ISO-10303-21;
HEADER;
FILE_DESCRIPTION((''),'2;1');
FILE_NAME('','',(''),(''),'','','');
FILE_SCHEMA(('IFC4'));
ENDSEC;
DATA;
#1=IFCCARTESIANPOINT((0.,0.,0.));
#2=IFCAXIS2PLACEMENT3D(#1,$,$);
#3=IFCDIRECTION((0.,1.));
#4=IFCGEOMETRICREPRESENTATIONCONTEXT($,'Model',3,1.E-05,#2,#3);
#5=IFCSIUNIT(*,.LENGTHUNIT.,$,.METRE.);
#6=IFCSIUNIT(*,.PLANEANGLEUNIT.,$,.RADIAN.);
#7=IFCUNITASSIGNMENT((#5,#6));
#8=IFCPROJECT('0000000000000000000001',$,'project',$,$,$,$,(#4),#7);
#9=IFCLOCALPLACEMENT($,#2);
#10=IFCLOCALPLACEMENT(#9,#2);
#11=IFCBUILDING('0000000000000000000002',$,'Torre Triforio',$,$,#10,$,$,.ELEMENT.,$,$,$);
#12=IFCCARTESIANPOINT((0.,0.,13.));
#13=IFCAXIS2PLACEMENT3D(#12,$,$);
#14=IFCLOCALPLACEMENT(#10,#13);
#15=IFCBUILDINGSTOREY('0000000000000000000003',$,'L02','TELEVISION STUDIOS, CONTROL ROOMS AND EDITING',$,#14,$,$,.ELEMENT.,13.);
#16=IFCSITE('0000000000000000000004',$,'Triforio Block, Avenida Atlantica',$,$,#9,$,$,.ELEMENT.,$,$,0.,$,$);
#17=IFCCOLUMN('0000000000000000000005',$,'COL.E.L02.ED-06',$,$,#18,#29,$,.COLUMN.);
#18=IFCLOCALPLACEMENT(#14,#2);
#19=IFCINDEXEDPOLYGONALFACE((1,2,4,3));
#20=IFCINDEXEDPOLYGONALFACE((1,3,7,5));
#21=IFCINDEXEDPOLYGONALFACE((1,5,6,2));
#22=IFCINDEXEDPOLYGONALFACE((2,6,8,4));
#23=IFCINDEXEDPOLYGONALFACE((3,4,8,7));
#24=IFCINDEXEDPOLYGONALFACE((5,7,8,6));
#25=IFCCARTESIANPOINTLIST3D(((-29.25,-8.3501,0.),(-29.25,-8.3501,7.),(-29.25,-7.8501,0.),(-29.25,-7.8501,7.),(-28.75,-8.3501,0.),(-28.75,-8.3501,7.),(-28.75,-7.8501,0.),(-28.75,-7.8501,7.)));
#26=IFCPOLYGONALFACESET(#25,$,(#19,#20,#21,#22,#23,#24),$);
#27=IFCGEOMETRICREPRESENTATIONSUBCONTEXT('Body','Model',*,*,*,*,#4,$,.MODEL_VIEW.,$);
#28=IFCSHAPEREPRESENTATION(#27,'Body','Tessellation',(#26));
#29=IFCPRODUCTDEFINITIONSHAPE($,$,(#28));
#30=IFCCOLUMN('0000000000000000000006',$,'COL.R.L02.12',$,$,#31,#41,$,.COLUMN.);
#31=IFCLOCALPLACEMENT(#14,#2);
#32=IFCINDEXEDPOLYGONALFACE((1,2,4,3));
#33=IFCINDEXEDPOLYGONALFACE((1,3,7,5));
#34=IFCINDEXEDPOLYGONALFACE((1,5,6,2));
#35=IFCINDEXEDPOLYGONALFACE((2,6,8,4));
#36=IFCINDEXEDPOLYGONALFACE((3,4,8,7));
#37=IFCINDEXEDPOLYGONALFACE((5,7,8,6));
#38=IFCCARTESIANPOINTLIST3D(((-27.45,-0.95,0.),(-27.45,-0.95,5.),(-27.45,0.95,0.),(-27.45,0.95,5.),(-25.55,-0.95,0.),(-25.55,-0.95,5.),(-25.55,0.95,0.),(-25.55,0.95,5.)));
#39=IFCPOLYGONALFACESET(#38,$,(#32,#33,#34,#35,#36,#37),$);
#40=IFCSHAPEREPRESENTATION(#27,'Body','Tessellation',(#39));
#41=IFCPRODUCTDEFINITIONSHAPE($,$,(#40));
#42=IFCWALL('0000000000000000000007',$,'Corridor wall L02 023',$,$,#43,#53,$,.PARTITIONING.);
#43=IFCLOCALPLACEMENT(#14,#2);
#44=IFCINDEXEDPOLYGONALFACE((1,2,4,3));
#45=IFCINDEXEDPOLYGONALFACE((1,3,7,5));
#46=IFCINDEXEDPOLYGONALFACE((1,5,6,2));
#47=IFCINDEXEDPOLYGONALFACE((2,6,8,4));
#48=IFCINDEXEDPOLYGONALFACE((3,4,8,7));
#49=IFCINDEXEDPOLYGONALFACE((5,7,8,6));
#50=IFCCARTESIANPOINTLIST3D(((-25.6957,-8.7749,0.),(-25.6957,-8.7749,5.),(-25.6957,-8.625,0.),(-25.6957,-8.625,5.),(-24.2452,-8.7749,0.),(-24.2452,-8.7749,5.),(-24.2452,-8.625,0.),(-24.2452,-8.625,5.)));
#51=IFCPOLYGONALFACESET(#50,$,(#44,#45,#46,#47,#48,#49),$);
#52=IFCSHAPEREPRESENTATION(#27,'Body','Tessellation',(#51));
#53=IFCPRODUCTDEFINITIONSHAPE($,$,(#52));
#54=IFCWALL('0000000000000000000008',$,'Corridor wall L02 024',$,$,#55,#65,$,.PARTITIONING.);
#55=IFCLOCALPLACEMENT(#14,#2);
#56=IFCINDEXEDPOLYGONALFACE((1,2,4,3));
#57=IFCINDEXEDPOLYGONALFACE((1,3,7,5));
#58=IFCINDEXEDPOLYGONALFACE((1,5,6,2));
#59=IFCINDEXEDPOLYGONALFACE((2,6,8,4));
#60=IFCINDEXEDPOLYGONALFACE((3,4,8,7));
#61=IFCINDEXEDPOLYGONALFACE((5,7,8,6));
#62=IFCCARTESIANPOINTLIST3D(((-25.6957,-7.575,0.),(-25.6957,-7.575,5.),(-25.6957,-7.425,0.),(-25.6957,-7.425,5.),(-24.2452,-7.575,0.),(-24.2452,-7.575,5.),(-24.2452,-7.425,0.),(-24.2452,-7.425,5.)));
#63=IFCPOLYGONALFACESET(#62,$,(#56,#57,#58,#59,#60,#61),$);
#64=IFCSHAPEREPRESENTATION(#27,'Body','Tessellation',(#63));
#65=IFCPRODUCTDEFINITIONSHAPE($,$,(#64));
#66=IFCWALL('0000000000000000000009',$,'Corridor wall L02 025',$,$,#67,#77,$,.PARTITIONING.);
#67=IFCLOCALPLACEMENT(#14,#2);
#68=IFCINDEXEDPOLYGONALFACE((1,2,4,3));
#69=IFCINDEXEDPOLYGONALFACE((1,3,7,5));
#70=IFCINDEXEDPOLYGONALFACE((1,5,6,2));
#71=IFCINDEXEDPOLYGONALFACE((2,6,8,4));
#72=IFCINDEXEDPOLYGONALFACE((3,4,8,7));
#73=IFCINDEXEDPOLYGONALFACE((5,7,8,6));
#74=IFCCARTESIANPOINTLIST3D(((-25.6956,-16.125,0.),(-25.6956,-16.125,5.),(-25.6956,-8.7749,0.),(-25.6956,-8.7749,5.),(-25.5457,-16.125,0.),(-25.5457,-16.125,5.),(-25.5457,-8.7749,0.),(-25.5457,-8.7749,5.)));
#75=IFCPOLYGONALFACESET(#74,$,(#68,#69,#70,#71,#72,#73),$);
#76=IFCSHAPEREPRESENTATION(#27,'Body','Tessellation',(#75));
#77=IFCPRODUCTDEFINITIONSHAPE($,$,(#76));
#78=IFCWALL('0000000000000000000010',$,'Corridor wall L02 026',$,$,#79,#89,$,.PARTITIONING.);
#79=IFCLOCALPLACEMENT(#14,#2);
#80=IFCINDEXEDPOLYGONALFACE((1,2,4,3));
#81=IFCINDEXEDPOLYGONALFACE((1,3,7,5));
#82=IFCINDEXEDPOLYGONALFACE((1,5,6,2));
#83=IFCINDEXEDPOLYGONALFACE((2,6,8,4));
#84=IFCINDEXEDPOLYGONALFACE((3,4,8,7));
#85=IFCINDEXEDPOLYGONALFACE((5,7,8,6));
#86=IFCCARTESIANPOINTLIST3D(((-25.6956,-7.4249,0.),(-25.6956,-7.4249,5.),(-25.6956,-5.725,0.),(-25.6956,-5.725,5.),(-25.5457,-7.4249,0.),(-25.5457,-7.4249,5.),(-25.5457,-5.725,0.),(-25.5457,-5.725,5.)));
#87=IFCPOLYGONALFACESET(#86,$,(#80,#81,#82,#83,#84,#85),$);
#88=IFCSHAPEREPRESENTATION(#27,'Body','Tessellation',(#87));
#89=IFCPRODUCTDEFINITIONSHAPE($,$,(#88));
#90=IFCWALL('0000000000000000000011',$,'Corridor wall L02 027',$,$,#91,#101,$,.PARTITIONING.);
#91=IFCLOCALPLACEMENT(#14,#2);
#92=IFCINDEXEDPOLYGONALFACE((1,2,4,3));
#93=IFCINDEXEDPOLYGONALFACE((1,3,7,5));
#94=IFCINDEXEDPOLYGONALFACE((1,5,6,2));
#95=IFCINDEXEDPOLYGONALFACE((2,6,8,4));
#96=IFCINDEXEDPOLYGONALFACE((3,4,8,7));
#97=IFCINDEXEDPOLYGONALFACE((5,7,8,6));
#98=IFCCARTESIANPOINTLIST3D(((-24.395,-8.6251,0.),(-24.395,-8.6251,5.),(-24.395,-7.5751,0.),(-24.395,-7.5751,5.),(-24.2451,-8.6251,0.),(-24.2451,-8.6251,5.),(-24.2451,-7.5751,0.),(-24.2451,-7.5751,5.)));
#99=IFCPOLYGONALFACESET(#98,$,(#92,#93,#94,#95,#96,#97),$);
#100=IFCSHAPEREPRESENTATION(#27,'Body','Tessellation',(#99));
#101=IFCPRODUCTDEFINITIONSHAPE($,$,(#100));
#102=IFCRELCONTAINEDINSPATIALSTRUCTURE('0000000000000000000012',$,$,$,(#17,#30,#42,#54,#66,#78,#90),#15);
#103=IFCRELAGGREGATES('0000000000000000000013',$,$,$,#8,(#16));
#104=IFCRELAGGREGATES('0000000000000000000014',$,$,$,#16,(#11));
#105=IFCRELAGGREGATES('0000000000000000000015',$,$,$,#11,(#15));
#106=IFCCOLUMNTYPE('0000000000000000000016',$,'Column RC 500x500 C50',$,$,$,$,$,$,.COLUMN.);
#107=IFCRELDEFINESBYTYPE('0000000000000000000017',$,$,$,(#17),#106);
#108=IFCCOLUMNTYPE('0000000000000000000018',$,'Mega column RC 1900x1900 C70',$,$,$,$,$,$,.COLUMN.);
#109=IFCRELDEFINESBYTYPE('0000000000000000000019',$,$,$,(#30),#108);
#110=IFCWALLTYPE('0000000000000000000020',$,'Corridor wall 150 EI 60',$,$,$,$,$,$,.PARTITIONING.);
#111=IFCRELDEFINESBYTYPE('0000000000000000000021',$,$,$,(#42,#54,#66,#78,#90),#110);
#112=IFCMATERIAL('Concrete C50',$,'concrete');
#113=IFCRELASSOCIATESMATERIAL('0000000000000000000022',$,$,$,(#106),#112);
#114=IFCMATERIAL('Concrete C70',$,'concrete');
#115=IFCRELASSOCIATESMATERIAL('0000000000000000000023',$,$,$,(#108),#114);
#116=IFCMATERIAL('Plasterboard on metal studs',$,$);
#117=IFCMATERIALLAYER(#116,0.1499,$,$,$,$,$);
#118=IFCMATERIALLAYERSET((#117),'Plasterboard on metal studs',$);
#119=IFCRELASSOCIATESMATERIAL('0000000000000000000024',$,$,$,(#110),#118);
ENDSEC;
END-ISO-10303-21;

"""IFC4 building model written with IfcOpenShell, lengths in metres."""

from ifc_helpers import new_model, si_unit, direction, frame, frame_2d, origin, origin_2d, place, context, subcontext, project, spatial, rectangle, extrude, material, layer, layer_set, material_profile, profile_set, type_object, element, save


model = new_model("IFC4")

# Units and contexts
model_context = context("Model", 3, precision=1e-05, world=origin(), true_north=direction((0.0, 1.0)))
body_context = subcontext(model_context, "Body", "Model", "MODEL_VIEW")
ifc_project = project(units=[si_unit("LENGTHUNIT", "METRE"), si_unit("PLANEANGLEUNIT", "RADIAN")], contexts=[model_context])

# Site, building, storey
site_placement = place(None, origin())
site = spatial("IfcSite", under=ifc_project, at=site_placement, Name="Triforio Block, Avenida Atlantica", CompositionType="ELEMENT", RefElevation=0.0)
building_placement = place(site_placement, origin())
building = spatial("IfcBuilding", under=site, at=building_placement, Name="Torre Triforio", CompositionType="ELEMENT")
storey_placement = place(building_placement, frame((0.0, 0.0, 13.0)))
storey = spatial("IfcBuildingStorey", under=building, at=storey_placement, Name="L02", Description="TELEVISION STUDIOS, CONTROL ROOMS AND EDITING", CompositionType="ELEMENT", Elevation=13.0)

# Columns
ifc_material_1 = material(Name="Concrete C50", Category="concrete")
ifc_material_profile_1 = material_profile(ifc_material_1, rectangle(XDim=0.5, YDim=0.5, at=origin_2d()), Name="RC 500x500")
ifc_profile_set_1 = profile_set([ifc_material_profile_1], Name="Concrete C50")
column_type_1 = type_object("IfcColumnType", Name="Column RC 500x500 C50", PredefinedType="COLUMN", material=ifc_profile_set_1)
column_1_placement = place(storey_placement, frame((-29.0, -8.1001, 0.0), z_axis=(0.0, 0.0, 1.0), x_axis=(1.0, 0.0, 0.0)))
element("IfcColumn", 1, at=column_1_placement, inside=storey, type_object=column_type_1, Name="COL.E.L02.ED-06", PredefinedType="COLUMN", context=body_context, shape_type="SweptSolid", body=[
    extrude(rectangle(XDim=0.5, YDim=0.5, at=origin_2d()), origin(), (0.0, 0.0, 1.0), 7.0),
])
ifc_material_2 = material(Name="Concrete C70", Category="concrete")
ifc_material_profile_2 = material_profile(ifc_material_2, rectangle(XDim=1.8999, YDim=1.8999, at=origin_2d()), Name="RC 1900x1900")
ifc_profile_set_2 = profile_set([ifc_material_profile_2], Name="Concrete C70")
column_type_2 = type_object("IfcColumnType", Name="Mega column RC 1900x1900 C70", PredefinedType="COLUMN", material=ifc_profile_set_2)
column_2_placement = place(storey_placement, frame((-26.5, 0.0, 0.0), z_axis=(0.0, 0.0, 1.0), x_axis=(0.0, -1.0, 0.0)))
element("IfcColumn", 2, at=column_2_placement, inside=storey, type_object=column_type_2, Name="COL.R.L02.12", PredefinedType="COLUMN", context=body_context, shape_type="SweptSolid", body=[
    extrude(rectangle(XDim=1.8999, YDim=1.8999, at=origin_2d()), origin(), (0.0, 0.0, 1.0), 5.0),
])

# Walls
ifc_material_3 = material(Name="Plasterboard on metal studs")
ifc_layer_1 = layer(ifc_material_3, 0.1499)
ifc_layer_set_1 = layer_set([ifc_layer_1], Name="Plasterboard on metal studs")
wall_type_1 = type_object("IfcWallType", Name="Corridor wall 150 EI 60", PredefinedType="PARTITIONING", material=ifc_layer_set_1)
for number, where, z_axis, x_axis, name in (
    (3, (-25.6956, -8.7, 0.0), (0.0, 0.0, 1.0), (1.0, 0.0, 0.0), "Corridor wall L02 023"),
    (4, (-25.6956, -7.5, 0.0), (0.0, 0.0, 1.0), (1.0, 0.0, 0.0), "Corridor wall L02 024"),
):
    element("IfcWall", number, at=place(storey_placement, frame(where, z_axis=z_axis, x_axis=x_axis)), inside=storey, type_object=wall_type_1, Name=name, PredefinedType="PARTITIONING", context=body_context, shape_type="SweptSolid", body=[
        extrude(rectangle(XDim=1.4504, YDim=0.1499, at=frame_2d((0.7251, 0.0))), origin(), (0.0, 0.0, 1.0), 5.0),
    ])
wall_1_placement = place(storey_placement, frame((-25.6206, -16.125, 0.0), z_axis=(0.0, 0.0, 1.0), x_axis=(0.0, 1.0, 0.0)))
element("IfcWall", 5, at=wall_1_placement, inside=storey, type_object=wall_type_1, Name="Corridor wall L02 025", PredefinedType="PARTITIONING", context=body_context, shape_type="SweptSolid", body=[
    extrude(rectangle(XDim=7.3501, YDim=0.1499, at=frame_2d((3.675, 0.0))), origin(), (0.0, 0.0, 1.0), 5.0),
])
wall_2_placement = place(storey_placement, frame((-25.6206, -7.425, 0.0), z_axis=(0.0, 0.0, 1.0), x_axis=(0.0, 1.0, 0.0)))
element("IfcWall", 6, at=wall_2_placement, inside=storey, type_object=wall_type_1, Name="Corridor wall L02 026", PredefinedType="PARTITIONING", context=body_context, shape_type="SweptSolid", body=[
    extrude(rectangle(XDim=1.7, YDim=0.1499, at=frame_2d((0.8501, 0.0))), origin(), (0.0, 0.0, 1.0), 5.0),
])
wall_3_placement = place(storey_placement, frame((-24.3201, -8.625, 0.0), z_axis=(0.0, 0.0, 1.0), x_axis=(0.0, 1.0, 0.0)))
element("IfcWall", 7, at=wall_3_placement, inside=storey, type_object=wall_type_1, Name="Corridor wall L02 027", PredefinedType="PARTITIONING", context=body_context, shape_type="SweptSolid", body=[
    extrude(rectangle(XDim=1.05, YDim=0.1499, at=frame_2d((0.5249, 0.0))), origin(), (0.0, 0.0, 1.0), 5.0),
])

save(model, "model.ifc")
